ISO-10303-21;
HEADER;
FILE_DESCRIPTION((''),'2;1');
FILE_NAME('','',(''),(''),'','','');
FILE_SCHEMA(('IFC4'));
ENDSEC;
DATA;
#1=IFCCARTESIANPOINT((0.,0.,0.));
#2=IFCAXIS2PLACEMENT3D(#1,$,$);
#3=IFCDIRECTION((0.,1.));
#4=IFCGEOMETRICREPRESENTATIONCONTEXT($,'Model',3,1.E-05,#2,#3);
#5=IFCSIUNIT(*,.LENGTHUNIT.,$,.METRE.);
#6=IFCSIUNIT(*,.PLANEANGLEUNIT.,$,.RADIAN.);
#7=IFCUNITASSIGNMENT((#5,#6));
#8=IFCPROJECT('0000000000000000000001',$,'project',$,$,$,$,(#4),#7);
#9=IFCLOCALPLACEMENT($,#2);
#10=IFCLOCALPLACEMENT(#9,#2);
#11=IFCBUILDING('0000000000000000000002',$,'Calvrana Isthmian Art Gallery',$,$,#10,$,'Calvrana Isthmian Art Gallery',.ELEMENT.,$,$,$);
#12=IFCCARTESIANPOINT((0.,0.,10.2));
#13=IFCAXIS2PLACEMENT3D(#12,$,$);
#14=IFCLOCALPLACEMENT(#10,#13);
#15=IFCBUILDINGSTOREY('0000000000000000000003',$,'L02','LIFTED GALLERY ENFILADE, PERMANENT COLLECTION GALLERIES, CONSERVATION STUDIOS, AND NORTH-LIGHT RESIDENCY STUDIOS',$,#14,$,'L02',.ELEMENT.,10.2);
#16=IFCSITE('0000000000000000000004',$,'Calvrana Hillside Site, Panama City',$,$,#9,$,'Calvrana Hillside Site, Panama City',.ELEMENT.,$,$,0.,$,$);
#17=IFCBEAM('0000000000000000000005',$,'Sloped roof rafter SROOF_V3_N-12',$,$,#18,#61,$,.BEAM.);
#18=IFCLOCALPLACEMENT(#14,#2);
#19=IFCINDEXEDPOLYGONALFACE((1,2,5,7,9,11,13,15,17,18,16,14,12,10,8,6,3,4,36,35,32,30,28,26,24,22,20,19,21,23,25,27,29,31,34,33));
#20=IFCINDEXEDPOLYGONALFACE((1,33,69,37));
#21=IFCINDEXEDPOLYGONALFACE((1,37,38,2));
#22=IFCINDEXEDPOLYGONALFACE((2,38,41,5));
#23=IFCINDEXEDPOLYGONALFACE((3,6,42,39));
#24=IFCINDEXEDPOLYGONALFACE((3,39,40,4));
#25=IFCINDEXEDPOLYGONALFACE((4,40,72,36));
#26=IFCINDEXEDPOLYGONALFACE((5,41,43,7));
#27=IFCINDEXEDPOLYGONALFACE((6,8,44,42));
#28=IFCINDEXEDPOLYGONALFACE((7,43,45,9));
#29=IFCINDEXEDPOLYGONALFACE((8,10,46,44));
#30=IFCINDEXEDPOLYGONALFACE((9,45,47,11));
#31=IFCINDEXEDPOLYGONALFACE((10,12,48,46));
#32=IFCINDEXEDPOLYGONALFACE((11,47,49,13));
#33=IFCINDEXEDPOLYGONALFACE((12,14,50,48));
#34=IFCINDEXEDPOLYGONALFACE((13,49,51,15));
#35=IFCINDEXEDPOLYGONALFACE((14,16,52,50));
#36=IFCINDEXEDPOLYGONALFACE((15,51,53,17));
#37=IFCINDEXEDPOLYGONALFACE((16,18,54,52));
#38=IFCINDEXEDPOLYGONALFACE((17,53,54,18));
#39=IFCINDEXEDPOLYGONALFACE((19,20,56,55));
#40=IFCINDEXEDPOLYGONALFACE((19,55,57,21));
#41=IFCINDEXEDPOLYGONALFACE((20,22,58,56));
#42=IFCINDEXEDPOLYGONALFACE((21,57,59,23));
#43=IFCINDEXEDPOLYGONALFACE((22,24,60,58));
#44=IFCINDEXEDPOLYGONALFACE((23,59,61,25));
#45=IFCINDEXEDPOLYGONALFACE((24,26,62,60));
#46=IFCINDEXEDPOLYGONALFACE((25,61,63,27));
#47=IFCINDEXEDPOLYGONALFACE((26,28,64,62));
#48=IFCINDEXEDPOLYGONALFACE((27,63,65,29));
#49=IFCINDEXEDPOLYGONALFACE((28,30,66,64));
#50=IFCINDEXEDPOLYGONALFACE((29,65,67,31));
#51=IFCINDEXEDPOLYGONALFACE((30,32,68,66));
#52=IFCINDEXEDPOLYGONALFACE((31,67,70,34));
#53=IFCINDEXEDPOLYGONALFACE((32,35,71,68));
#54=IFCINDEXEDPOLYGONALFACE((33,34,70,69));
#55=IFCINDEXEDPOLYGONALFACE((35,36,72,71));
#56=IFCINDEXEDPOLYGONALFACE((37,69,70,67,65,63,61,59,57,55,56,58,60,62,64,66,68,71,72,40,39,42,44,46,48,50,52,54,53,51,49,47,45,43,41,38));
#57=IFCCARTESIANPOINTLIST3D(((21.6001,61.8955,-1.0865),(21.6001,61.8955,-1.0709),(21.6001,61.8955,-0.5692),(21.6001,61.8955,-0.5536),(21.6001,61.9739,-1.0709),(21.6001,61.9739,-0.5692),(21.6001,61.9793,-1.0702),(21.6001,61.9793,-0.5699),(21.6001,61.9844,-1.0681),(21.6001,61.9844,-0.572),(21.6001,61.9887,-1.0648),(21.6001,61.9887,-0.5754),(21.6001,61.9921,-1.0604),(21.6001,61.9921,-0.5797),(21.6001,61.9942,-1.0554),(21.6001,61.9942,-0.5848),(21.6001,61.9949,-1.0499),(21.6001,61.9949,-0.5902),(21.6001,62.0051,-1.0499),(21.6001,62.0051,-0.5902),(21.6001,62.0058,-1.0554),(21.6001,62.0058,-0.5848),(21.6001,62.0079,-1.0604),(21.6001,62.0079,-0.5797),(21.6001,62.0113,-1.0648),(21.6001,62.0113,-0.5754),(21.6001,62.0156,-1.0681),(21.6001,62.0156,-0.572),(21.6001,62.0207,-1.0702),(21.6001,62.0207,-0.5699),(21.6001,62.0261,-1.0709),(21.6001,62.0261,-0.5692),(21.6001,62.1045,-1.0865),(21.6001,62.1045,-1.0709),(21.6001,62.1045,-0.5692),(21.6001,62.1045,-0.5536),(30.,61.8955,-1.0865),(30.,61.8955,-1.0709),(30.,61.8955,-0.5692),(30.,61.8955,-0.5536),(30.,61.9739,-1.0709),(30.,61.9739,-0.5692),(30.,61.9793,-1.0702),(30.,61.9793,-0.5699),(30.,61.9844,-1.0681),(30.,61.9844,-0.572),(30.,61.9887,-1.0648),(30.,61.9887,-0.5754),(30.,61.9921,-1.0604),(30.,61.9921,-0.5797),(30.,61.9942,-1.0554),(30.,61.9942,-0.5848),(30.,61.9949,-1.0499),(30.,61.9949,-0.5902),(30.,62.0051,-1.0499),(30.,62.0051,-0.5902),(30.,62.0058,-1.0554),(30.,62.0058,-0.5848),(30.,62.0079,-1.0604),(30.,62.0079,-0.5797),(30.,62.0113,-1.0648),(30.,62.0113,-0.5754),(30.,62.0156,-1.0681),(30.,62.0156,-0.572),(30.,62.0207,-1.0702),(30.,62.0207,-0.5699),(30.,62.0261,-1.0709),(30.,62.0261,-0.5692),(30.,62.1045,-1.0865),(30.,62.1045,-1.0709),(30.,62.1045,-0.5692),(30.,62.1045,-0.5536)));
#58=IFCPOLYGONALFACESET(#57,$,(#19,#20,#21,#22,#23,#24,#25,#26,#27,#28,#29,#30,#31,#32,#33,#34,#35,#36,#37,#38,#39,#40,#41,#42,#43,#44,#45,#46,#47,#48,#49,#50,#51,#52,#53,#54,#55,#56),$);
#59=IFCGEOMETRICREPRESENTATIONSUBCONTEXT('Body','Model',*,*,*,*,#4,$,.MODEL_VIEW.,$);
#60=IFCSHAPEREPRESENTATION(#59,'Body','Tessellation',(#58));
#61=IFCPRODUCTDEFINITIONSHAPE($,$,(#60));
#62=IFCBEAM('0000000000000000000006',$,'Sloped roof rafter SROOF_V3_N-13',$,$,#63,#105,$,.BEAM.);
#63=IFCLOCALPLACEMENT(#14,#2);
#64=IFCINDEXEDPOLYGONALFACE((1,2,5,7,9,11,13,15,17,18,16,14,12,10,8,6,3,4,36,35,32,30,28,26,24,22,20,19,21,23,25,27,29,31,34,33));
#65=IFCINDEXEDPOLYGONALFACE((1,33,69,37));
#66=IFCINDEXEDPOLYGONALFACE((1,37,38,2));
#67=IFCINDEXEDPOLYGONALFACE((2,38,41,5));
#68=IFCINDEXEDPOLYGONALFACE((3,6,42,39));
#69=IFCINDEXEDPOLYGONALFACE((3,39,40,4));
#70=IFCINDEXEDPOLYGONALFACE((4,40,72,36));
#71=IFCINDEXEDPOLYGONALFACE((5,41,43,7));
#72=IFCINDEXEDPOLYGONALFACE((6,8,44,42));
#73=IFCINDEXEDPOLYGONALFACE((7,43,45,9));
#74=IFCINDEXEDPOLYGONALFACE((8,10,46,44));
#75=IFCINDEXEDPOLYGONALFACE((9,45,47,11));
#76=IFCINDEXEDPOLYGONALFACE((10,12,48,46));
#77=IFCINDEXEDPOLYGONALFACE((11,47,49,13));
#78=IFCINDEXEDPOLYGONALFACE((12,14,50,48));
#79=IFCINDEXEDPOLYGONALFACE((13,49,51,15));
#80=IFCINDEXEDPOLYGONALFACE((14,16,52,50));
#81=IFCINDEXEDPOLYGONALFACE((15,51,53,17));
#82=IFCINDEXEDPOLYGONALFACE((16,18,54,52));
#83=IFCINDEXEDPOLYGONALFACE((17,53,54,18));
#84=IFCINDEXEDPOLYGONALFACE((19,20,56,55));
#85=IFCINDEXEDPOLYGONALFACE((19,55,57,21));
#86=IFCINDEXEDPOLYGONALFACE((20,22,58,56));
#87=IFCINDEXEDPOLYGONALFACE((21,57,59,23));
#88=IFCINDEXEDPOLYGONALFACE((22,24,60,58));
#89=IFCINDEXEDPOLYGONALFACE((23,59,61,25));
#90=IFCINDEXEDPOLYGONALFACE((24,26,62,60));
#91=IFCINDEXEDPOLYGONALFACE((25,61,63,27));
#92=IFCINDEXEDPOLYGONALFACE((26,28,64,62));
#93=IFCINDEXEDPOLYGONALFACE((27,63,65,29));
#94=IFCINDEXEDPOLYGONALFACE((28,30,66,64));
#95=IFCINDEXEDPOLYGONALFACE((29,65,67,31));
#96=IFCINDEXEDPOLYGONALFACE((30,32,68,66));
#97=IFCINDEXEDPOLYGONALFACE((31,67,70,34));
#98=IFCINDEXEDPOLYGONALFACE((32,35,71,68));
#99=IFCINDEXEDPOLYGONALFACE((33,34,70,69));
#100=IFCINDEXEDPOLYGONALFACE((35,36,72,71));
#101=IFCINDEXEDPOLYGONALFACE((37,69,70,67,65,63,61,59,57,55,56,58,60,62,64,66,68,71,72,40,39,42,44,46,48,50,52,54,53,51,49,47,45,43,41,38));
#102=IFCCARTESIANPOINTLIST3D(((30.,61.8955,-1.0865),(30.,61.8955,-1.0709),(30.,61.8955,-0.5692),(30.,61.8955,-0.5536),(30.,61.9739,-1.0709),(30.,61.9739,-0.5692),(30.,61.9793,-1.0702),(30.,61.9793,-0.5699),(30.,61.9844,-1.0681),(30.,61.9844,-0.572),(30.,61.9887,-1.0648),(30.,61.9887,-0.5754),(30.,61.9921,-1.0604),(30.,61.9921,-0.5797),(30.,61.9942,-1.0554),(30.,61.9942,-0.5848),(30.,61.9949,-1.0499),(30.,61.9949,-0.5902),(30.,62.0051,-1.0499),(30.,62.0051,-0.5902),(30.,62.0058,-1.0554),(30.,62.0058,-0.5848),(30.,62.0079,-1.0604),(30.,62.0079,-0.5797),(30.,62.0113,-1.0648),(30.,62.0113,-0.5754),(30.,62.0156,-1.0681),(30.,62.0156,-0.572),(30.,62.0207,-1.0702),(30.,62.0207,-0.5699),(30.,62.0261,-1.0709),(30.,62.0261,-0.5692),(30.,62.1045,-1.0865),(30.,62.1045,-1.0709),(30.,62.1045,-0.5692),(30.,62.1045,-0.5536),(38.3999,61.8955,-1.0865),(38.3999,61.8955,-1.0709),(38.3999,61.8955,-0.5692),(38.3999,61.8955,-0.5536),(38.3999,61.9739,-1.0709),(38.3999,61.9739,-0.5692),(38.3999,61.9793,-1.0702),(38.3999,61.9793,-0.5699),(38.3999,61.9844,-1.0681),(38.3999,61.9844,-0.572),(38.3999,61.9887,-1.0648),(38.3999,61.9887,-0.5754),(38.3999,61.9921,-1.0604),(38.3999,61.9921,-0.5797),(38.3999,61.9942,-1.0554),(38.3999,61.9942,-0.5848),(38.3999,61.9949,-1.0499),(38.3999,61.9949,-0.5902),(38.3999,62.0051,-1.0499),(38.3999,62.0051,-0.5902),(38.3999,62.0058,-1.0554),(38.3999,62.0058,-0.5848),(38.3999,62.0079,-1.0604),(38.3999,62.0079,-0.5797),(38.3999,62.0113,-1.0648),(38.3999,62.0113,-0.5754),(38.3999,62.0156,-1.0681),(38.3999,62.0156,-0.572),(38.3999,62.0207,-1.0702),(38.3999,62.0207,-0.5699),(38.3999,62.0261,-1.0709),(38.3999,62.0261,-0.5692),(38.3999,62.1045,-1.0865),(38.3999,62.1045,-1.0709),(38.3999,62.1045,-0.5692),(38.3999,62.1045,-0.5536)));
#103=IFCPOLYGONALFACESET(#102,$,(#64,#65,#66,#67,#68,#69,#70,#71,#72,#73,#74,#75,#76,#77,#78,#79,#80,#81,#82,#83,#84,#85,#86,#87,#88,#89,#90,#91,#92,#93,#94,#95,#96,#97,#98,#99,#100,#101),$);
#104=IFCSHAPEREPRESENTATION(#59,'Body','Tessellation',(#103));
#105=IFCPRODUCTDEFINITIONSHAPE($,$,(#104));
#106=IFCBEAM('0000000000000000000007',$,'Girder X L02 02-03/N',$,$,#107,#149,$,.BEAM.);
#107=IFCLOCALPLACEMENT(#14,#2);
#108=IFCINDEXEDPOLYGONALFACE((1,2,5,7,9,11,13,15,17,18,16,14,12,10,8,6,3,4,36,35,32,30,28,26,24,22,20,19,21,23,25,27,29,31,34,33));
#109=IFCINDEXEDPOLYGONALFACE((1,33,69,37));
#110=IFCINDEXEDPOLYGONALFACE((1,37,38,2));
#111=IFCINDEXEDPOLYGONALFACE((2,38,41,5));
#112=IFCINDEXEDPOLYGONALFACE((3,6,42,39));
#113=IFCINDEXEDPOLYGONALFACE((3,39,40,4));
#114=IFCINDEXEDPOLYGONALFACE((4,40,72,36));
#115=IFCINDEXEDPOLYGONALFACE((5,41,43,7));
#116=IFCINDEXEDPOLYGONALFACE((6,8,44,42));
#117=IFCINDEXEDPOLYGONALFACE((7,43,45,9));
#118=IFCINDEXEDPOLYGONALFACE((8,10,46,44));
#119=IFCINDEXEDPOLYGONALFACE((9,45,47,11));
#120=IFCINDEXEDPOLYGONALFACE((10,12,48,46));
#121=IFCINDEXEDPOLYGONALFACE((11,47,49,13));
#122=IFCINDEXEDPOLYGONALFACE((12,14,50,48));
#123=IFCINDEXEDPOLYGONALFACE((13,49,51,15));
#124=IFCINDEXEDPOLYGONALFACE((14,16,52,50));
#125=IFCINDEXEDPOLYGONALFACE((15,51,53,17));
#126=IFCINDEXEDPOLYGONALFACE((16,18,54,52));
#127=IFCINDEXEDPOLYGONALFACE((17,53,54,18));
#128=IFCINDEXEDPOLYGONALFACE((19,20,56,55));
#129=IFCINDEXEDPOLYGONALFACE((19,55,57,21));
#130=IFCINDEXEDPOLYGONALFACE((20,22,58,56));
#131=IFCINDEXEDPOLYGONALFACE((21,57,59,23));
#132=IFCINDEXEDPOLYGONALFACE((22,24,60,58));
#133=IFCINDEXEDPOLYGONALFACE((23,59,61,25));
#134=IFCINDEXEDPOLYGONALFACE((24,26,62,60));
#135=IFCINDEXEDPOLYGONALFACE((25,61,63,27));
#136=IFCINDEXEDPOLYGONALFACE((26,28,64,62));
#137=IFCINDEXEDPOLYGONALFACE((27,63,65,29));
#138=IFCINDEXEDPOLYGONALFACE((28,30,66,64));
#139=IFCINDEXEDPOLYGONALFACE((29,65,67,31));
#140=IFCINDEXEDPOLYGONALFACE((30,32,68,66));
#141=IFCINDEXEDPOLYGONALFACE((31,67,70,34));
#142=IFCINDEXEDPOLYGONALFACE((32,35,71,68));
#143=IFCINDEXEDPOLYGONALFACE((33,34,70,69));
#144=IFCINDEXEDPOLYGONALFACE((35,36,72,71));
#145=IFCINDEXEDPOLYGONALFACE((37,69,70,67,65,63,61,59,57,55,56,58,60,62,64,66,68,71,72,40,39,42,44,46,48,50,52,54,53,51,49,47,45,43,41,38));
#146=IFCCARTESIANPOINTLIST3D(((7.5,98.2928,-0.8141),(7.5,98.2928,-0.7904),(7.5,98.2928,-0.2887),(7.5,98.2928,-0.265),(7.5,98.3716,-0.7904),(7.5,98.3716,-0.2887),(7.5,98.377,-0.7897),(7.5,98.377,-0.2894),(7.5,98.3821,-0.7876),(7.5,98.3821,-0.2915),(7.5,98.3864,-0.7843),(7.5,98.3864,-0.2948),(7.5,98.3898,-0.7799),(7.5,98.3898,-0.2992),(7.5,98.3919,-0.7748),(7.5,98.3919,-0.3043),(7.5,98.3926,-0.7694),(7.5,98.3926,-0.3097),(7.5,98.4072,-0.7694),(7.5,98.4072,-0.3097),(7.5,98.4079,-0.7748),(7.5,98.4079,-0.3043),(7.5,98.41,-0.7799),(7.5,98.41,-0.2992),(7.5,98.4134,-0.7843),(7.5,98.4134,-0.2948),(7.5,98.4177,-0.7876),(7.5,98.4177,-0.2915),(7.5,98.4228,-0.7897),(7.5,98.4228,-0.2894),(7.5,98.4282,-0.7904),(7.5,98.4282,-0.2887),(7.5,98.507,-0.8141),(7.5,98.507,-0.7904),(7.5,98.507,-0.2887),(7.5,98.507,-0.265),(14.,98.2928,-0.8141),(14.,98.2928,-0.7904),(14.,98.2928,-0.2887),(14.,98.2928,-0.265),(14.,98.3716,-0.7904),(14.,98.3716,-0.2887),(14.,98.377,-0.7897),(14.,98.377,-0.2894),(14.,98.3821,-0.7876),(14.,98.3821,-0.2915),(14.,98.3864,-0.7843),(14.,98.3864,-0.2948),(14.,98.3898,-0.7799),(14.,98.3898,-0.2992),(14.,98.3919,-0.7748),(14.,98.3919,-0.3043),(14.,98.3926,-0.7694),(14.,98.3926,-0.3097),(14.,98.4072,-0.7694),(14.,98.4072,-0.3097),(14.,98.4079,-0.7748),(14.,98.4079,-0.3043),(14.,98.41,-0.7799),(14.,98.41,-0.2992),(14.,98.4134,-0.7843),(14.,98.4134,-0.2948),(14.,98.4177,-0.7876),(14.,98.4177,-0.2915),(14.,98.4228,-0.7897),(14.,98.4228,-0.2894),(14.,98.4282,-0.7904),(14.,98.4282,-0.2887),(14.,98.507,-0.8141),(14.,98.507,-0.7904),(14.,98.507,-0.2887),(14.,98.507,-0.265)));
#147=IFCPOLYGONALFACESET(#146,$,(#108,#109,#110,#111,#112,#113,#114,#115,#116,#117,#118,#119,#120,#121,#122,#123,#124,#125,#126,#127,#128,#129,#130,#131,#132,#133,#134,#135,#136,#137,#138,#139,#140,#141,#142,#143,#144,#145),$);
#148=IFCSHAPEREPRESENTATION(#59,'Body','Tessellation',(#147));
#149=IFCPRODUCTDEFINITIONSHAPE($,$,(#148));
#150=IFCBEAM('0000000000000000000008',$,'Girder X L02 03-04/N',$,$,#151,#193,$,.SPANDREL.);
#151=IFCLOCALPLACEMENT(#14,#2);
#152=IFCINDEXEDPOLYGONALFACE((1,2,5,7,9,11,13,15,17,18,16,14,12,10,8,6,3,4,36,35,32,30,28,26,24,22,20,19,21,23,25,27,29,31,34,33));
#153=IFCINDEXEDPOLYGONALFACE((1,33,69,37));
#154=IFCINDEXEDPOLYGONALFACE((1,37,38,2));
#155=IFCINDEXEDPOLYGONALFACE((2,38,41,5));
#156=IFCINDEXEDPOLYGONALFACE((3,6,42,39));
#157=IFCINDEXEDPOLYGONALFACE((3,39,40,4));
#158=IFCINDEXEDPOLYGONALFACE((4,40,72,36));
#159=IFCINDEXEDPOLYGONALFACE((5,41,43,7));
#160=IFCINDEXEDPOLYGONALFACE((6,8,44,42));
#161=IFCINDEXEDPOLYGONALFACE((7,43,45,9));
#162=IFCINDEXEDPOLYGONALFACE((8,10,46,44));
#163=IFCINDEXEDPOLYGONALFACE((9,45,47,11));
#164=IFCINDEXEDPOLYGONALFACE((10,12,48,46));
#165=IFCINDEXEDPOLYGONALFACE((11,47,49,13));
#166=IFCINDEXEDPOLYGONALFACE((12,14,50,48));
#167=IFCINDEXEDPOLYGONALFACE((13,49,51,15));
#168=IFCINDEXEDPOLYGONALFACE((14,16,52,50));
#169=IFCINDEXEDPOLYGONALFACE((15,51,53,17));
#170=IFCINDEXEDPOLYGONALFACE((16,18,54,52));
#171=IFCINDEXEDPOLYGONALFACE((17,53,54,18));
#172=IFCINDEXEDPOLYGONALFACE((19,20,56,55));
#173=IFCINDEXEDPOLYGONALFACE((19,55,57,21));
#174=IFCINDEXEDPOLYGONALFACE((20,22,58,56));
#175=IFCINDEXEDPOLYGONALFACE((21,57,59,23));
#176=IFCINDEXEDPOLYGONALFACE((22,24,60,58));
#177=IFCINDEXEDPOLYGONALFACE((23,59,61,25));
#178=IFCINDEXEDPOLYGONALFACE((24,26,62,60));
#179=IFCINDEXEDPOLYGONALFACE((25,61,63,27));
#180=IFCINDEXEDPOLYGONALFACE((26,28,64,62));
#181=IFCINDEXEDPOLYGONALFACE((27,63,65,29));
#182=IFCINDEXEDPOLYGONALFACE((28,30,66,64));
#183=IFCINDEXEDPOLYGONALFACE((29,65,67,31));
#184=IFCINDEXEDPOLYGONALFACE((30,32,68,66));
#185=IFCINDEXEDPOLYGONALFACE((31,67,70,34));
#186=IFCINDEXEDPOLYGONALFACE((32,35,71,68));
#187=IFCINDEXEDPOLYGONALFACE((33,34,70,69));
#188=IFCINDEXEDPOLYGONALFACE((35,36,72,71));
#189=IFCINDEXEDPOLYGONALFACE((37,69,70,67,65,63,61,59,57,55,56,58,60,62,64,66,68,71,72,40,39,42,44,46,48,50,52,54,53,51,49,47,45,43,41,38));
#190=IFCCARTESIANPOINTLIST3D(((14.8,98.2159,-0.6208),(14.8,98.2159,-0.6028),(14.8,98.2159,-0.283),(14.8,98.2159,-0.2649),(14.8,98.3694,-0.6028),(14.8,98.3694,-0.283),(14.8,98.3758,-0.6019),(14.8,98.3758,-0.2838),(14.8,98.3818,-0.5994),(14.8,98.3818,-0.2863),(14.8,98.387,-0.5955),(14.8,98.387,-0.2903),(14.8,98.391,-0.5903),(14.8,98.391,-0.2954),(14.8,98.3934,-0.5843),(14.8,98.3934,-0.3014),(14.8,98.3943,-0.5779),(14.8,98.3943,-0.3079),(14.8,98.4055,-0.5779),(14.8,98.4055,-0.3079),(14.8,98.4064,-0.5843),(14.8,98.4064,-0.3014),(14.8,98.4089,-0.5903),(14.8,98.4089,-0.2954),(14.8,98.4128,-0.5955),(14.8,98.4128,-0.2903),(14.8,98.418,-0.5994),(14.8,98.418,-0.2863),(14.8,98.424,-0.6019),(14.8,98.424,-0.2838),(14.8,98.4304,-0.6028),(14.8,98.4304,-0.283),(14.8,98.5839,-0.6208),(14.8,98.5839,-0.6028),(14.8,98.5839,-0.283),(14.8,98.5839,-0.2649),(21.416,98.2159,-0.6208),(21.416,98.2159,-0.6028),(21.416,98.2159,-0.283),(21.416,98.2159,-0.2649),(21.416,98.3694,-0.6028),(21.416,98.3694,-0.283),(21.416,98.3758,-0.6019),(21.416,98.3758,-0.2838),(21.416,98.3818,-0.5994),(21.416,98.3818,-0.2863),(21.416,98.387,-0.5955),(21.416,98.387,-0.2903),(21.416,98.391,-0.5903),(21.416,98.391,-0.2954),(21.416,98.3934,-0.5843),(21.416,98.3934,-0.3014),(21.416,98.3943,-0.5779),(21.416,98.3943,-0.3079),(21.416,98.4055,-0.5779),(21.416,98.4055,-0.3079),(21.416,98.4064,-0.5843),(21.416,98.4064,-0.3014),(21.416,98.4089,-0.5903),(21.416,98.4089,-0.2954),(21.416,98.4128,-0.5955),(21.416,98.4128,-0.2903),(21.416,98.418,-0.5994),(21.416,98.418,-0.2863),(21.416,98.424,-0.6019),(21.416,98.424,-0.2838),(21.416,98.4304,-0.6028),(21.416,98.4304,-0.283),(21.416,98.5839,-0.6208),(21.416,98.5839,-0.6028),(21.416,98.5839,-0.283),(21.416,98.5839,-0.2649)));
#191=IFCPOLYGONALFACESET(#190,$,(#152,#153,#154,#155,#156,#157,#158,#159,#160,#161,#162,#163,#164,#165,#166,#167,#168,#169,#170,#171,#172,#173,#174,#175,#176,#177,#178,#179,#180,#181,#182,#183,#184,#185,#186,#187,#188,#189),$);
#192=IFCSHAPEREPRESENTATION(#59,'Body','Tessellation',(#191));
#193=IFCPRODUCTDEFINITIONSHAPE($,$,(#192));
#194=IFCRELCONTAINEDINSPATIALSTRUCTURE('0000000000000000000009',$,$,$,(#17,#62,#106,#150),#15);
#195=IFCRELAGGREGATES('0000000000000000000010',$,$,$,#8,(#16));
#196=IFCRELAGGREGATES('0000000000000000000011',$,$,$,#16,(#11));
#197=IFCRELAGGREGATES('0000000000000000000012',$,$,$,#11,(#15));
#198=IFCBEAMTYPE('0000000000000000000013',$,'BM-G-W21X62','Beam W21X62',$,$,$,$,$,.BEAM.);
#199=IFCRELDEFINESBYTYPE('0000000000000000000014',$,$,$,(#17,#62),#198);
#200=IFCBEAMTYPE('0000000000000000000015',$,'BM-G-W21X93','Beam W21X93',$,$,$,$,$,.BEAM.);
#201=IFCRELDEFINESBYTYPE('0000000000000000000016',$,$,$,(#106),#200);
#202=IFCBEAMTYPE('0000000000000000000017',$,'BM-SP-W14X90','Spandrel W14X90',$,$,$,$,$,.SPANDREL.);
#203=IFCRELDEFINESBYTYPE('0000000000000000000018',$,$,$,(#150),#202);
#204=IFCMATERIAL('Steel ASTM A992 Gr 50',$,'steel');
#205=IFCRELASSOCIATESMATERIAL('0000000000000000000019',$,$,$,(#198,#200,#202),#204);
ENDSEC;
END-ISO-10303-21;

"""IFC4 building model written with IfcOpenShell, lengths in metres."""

from ifc_helpers import new_model, si_unit, direction, frame, origin, origin_2d, place, context, subcontext, project, spatial, i_section, extrude, material, material_profile, profile_set, type_object, element, save


model = new_model("IFC4")

# Units and contexts
model_context = context("Model", 3, precision=1e-05, world=origin(), true_north=direction((0.0, 1.0)))
body_context = subcontext(model_context, "Body", "Model", "MODEL_VIEW")
ifc_project = project(units=[si_unit("LENGTHUNIT", "METRE"), si_unit("PLANEANGLEUNIT", "RADIAN")], contexts=[model_context])

# Site, building, storey
site_placement = place(None, origin())
site = spatial("IfcSite", under=ifc_project, at=site_placement, Name="Calvrana Hillside Site, Panama City", LongName="Calvrana Hillside Site, Panama City", CompositionType="ELEMENT", RefElevation=0.0)
building_placement = place(site_placement, origin())
building = spatial("IfcBuilding", under=site, at=building_placement, Name="Calvrana Isthmian Art Gallery", LongName="Calvrana Isthmian Art Gallery", CompositionType="ELEMENT")
storey_placement = place(building_placement, frame((0.0, 0.0, 10.2)))
storey = spatial("IfcBuildingStorey", under=building, at=storey_placement, Name="L02", Description="LIFTED GALLERY ENFILADE, PERMANENT COLLECTION GALLERIES, CONSERVATION STUDIOS, AND NORTH-LIGHT RESIDENCY STUDIOS", LongName="L02", CompositionType="ELEMENT", Elevation=10.2)

# Beams
ifc_material_1 = material(Name="Steel ASTM A992 Gr 50", Category="steel")
ifc_material_profile_1 = material_profile(ifc_material_1, i_section(OverallWidth=0.209, OverallDepth=0.533, WebThickness=0.0103, FlangeThickness=0.0156, FilletRadius=0.021, at=origin_2d()), Name="W21X62")
ifc_profile_set_1 = profile_set([ifc_material_profile_1], Name="Steel ASTM A992 Gr 50")
beam_type_1 = type_object("IfcBeamType", Name="BM-G-W21X62", Description="Beam W21X62", PredefinedType="BEAM", material=ifc_profile_set_1)
for number, where, z_axis, x_axis, name in (
    (1, (21.6001, 62.0, -0.8201), (1.0, 0.0, 0.0), (0.0, 1.0, 0.0), "Sloped roof rafter SROOF_V3_N-12"),
    (2, (30.0, 62.0, -0.8201), (1.0, 0.0, 0.0), (0.0, 1.0, 0.0), "Sloped roof rafter SROOF_V3_N-13"),
):
    element("IfcBeam", number, at=place(storey_placement, frame(where, z_axis=z_axis, x_axis=x_axis)), inside=storey, type_object=beam_type_1, Name=name, PredefinedType="BEAM", context=body_context, shape_type="SweptSolid", body=[
        extrude(i_section(OverallWidth=0.209, OverallDepth=0.533, WebThickness=0.0103, FlangeThickness=0.0156, FilletRadius=0.021, at=origin_2d()), origin(), (0.0, 0.0, 1.0), 8.3999),
    ])
ifc_material_profile_2 = material_profile(ifc_material_1, i_section(OverallWidth=0.2141, OverallDepth=0.5491, WebThickness=0.0146, FlangeThickness=0.0237, FilletRadius=0.021, at=origin_2d()), Name="W21X93")
ifc_profile_set_2 = profile_set([ifc_material_profile_2], Name="Steel ASTM A992 Gr 50")
beam_type_2 = type_object("IfcBeamType", Name="BM-G-W21X93", Description="Beam W21X93", PredefinedType="BEAM", material=ifc_profile_set_2)
beam_1_placement = place(storey_placement, frame((7.5, 98.3999, -0.5396), z_axis=(1.0, 0.0, 0.0), x_axis=(0.0, 1.0, 0.0)))
element("IfcBeam", 3, at=beam_1_placement, inside=storey, type_object=beam_type_2, Name="Girder X L02 02-03/N", PredefinedType="BEAM", context=body_context, shape_type="SweptSolid", body=[
    extrude(i_section(OverallWidth=0.2141, OverallDepth=0.5491, WebThickness=0.0146, FlangeThickness=0.0237, FilletRadius=0.021, at=origin_2d()), origin(), (0.0, 0.0, 1.0), 6.5),
])
ifc_material_profile_3 = material_profile(ifc_material_1, i_section(OverallWidth=0.3679, OverallDepth=0.356, WebThickness=0.0112, FlangeThickness=0.0181, FilletRadius=0.0249, at=origin_2d()), Name="W14X90")
ifc_profile_set_3 = profile_set([ifc_material_profile_3], Name="Steel ASTM A992 Gr 50")
beam_type_3 = type_object("IfcBeamType", Name="BM-SP-W14X90", Description="Spandrel W14X90", PredefinedType="SPANDREL", material=ifc_profile_set_3)
beam_2_placement = place(storey_placement, frame((14.8, 98.3999, -0.4429), z_axis=(1.0, 0.0, 0.0), x_axis=(0.0, 1.0, 0.0)))
element("IfcBeam", 4, at=beam_2_placement, inside=storey, type_object=beam_type_3, Name="Girder X L02 03-04/N", PredefinedType="SPANDREL", context=body_context, shape_type="SweptSolid", body=[
    extrude(i_section(OverallWidth=0.3679, OverallDepth=0.356, WebThickness=0.0112, FlangeThickness=0.0181, FilletRadius=0.0249, at=origin_2d()), origin(), (0.0, 0.0, 1.0), 6.616),
])

save(model, "model.ifc")
